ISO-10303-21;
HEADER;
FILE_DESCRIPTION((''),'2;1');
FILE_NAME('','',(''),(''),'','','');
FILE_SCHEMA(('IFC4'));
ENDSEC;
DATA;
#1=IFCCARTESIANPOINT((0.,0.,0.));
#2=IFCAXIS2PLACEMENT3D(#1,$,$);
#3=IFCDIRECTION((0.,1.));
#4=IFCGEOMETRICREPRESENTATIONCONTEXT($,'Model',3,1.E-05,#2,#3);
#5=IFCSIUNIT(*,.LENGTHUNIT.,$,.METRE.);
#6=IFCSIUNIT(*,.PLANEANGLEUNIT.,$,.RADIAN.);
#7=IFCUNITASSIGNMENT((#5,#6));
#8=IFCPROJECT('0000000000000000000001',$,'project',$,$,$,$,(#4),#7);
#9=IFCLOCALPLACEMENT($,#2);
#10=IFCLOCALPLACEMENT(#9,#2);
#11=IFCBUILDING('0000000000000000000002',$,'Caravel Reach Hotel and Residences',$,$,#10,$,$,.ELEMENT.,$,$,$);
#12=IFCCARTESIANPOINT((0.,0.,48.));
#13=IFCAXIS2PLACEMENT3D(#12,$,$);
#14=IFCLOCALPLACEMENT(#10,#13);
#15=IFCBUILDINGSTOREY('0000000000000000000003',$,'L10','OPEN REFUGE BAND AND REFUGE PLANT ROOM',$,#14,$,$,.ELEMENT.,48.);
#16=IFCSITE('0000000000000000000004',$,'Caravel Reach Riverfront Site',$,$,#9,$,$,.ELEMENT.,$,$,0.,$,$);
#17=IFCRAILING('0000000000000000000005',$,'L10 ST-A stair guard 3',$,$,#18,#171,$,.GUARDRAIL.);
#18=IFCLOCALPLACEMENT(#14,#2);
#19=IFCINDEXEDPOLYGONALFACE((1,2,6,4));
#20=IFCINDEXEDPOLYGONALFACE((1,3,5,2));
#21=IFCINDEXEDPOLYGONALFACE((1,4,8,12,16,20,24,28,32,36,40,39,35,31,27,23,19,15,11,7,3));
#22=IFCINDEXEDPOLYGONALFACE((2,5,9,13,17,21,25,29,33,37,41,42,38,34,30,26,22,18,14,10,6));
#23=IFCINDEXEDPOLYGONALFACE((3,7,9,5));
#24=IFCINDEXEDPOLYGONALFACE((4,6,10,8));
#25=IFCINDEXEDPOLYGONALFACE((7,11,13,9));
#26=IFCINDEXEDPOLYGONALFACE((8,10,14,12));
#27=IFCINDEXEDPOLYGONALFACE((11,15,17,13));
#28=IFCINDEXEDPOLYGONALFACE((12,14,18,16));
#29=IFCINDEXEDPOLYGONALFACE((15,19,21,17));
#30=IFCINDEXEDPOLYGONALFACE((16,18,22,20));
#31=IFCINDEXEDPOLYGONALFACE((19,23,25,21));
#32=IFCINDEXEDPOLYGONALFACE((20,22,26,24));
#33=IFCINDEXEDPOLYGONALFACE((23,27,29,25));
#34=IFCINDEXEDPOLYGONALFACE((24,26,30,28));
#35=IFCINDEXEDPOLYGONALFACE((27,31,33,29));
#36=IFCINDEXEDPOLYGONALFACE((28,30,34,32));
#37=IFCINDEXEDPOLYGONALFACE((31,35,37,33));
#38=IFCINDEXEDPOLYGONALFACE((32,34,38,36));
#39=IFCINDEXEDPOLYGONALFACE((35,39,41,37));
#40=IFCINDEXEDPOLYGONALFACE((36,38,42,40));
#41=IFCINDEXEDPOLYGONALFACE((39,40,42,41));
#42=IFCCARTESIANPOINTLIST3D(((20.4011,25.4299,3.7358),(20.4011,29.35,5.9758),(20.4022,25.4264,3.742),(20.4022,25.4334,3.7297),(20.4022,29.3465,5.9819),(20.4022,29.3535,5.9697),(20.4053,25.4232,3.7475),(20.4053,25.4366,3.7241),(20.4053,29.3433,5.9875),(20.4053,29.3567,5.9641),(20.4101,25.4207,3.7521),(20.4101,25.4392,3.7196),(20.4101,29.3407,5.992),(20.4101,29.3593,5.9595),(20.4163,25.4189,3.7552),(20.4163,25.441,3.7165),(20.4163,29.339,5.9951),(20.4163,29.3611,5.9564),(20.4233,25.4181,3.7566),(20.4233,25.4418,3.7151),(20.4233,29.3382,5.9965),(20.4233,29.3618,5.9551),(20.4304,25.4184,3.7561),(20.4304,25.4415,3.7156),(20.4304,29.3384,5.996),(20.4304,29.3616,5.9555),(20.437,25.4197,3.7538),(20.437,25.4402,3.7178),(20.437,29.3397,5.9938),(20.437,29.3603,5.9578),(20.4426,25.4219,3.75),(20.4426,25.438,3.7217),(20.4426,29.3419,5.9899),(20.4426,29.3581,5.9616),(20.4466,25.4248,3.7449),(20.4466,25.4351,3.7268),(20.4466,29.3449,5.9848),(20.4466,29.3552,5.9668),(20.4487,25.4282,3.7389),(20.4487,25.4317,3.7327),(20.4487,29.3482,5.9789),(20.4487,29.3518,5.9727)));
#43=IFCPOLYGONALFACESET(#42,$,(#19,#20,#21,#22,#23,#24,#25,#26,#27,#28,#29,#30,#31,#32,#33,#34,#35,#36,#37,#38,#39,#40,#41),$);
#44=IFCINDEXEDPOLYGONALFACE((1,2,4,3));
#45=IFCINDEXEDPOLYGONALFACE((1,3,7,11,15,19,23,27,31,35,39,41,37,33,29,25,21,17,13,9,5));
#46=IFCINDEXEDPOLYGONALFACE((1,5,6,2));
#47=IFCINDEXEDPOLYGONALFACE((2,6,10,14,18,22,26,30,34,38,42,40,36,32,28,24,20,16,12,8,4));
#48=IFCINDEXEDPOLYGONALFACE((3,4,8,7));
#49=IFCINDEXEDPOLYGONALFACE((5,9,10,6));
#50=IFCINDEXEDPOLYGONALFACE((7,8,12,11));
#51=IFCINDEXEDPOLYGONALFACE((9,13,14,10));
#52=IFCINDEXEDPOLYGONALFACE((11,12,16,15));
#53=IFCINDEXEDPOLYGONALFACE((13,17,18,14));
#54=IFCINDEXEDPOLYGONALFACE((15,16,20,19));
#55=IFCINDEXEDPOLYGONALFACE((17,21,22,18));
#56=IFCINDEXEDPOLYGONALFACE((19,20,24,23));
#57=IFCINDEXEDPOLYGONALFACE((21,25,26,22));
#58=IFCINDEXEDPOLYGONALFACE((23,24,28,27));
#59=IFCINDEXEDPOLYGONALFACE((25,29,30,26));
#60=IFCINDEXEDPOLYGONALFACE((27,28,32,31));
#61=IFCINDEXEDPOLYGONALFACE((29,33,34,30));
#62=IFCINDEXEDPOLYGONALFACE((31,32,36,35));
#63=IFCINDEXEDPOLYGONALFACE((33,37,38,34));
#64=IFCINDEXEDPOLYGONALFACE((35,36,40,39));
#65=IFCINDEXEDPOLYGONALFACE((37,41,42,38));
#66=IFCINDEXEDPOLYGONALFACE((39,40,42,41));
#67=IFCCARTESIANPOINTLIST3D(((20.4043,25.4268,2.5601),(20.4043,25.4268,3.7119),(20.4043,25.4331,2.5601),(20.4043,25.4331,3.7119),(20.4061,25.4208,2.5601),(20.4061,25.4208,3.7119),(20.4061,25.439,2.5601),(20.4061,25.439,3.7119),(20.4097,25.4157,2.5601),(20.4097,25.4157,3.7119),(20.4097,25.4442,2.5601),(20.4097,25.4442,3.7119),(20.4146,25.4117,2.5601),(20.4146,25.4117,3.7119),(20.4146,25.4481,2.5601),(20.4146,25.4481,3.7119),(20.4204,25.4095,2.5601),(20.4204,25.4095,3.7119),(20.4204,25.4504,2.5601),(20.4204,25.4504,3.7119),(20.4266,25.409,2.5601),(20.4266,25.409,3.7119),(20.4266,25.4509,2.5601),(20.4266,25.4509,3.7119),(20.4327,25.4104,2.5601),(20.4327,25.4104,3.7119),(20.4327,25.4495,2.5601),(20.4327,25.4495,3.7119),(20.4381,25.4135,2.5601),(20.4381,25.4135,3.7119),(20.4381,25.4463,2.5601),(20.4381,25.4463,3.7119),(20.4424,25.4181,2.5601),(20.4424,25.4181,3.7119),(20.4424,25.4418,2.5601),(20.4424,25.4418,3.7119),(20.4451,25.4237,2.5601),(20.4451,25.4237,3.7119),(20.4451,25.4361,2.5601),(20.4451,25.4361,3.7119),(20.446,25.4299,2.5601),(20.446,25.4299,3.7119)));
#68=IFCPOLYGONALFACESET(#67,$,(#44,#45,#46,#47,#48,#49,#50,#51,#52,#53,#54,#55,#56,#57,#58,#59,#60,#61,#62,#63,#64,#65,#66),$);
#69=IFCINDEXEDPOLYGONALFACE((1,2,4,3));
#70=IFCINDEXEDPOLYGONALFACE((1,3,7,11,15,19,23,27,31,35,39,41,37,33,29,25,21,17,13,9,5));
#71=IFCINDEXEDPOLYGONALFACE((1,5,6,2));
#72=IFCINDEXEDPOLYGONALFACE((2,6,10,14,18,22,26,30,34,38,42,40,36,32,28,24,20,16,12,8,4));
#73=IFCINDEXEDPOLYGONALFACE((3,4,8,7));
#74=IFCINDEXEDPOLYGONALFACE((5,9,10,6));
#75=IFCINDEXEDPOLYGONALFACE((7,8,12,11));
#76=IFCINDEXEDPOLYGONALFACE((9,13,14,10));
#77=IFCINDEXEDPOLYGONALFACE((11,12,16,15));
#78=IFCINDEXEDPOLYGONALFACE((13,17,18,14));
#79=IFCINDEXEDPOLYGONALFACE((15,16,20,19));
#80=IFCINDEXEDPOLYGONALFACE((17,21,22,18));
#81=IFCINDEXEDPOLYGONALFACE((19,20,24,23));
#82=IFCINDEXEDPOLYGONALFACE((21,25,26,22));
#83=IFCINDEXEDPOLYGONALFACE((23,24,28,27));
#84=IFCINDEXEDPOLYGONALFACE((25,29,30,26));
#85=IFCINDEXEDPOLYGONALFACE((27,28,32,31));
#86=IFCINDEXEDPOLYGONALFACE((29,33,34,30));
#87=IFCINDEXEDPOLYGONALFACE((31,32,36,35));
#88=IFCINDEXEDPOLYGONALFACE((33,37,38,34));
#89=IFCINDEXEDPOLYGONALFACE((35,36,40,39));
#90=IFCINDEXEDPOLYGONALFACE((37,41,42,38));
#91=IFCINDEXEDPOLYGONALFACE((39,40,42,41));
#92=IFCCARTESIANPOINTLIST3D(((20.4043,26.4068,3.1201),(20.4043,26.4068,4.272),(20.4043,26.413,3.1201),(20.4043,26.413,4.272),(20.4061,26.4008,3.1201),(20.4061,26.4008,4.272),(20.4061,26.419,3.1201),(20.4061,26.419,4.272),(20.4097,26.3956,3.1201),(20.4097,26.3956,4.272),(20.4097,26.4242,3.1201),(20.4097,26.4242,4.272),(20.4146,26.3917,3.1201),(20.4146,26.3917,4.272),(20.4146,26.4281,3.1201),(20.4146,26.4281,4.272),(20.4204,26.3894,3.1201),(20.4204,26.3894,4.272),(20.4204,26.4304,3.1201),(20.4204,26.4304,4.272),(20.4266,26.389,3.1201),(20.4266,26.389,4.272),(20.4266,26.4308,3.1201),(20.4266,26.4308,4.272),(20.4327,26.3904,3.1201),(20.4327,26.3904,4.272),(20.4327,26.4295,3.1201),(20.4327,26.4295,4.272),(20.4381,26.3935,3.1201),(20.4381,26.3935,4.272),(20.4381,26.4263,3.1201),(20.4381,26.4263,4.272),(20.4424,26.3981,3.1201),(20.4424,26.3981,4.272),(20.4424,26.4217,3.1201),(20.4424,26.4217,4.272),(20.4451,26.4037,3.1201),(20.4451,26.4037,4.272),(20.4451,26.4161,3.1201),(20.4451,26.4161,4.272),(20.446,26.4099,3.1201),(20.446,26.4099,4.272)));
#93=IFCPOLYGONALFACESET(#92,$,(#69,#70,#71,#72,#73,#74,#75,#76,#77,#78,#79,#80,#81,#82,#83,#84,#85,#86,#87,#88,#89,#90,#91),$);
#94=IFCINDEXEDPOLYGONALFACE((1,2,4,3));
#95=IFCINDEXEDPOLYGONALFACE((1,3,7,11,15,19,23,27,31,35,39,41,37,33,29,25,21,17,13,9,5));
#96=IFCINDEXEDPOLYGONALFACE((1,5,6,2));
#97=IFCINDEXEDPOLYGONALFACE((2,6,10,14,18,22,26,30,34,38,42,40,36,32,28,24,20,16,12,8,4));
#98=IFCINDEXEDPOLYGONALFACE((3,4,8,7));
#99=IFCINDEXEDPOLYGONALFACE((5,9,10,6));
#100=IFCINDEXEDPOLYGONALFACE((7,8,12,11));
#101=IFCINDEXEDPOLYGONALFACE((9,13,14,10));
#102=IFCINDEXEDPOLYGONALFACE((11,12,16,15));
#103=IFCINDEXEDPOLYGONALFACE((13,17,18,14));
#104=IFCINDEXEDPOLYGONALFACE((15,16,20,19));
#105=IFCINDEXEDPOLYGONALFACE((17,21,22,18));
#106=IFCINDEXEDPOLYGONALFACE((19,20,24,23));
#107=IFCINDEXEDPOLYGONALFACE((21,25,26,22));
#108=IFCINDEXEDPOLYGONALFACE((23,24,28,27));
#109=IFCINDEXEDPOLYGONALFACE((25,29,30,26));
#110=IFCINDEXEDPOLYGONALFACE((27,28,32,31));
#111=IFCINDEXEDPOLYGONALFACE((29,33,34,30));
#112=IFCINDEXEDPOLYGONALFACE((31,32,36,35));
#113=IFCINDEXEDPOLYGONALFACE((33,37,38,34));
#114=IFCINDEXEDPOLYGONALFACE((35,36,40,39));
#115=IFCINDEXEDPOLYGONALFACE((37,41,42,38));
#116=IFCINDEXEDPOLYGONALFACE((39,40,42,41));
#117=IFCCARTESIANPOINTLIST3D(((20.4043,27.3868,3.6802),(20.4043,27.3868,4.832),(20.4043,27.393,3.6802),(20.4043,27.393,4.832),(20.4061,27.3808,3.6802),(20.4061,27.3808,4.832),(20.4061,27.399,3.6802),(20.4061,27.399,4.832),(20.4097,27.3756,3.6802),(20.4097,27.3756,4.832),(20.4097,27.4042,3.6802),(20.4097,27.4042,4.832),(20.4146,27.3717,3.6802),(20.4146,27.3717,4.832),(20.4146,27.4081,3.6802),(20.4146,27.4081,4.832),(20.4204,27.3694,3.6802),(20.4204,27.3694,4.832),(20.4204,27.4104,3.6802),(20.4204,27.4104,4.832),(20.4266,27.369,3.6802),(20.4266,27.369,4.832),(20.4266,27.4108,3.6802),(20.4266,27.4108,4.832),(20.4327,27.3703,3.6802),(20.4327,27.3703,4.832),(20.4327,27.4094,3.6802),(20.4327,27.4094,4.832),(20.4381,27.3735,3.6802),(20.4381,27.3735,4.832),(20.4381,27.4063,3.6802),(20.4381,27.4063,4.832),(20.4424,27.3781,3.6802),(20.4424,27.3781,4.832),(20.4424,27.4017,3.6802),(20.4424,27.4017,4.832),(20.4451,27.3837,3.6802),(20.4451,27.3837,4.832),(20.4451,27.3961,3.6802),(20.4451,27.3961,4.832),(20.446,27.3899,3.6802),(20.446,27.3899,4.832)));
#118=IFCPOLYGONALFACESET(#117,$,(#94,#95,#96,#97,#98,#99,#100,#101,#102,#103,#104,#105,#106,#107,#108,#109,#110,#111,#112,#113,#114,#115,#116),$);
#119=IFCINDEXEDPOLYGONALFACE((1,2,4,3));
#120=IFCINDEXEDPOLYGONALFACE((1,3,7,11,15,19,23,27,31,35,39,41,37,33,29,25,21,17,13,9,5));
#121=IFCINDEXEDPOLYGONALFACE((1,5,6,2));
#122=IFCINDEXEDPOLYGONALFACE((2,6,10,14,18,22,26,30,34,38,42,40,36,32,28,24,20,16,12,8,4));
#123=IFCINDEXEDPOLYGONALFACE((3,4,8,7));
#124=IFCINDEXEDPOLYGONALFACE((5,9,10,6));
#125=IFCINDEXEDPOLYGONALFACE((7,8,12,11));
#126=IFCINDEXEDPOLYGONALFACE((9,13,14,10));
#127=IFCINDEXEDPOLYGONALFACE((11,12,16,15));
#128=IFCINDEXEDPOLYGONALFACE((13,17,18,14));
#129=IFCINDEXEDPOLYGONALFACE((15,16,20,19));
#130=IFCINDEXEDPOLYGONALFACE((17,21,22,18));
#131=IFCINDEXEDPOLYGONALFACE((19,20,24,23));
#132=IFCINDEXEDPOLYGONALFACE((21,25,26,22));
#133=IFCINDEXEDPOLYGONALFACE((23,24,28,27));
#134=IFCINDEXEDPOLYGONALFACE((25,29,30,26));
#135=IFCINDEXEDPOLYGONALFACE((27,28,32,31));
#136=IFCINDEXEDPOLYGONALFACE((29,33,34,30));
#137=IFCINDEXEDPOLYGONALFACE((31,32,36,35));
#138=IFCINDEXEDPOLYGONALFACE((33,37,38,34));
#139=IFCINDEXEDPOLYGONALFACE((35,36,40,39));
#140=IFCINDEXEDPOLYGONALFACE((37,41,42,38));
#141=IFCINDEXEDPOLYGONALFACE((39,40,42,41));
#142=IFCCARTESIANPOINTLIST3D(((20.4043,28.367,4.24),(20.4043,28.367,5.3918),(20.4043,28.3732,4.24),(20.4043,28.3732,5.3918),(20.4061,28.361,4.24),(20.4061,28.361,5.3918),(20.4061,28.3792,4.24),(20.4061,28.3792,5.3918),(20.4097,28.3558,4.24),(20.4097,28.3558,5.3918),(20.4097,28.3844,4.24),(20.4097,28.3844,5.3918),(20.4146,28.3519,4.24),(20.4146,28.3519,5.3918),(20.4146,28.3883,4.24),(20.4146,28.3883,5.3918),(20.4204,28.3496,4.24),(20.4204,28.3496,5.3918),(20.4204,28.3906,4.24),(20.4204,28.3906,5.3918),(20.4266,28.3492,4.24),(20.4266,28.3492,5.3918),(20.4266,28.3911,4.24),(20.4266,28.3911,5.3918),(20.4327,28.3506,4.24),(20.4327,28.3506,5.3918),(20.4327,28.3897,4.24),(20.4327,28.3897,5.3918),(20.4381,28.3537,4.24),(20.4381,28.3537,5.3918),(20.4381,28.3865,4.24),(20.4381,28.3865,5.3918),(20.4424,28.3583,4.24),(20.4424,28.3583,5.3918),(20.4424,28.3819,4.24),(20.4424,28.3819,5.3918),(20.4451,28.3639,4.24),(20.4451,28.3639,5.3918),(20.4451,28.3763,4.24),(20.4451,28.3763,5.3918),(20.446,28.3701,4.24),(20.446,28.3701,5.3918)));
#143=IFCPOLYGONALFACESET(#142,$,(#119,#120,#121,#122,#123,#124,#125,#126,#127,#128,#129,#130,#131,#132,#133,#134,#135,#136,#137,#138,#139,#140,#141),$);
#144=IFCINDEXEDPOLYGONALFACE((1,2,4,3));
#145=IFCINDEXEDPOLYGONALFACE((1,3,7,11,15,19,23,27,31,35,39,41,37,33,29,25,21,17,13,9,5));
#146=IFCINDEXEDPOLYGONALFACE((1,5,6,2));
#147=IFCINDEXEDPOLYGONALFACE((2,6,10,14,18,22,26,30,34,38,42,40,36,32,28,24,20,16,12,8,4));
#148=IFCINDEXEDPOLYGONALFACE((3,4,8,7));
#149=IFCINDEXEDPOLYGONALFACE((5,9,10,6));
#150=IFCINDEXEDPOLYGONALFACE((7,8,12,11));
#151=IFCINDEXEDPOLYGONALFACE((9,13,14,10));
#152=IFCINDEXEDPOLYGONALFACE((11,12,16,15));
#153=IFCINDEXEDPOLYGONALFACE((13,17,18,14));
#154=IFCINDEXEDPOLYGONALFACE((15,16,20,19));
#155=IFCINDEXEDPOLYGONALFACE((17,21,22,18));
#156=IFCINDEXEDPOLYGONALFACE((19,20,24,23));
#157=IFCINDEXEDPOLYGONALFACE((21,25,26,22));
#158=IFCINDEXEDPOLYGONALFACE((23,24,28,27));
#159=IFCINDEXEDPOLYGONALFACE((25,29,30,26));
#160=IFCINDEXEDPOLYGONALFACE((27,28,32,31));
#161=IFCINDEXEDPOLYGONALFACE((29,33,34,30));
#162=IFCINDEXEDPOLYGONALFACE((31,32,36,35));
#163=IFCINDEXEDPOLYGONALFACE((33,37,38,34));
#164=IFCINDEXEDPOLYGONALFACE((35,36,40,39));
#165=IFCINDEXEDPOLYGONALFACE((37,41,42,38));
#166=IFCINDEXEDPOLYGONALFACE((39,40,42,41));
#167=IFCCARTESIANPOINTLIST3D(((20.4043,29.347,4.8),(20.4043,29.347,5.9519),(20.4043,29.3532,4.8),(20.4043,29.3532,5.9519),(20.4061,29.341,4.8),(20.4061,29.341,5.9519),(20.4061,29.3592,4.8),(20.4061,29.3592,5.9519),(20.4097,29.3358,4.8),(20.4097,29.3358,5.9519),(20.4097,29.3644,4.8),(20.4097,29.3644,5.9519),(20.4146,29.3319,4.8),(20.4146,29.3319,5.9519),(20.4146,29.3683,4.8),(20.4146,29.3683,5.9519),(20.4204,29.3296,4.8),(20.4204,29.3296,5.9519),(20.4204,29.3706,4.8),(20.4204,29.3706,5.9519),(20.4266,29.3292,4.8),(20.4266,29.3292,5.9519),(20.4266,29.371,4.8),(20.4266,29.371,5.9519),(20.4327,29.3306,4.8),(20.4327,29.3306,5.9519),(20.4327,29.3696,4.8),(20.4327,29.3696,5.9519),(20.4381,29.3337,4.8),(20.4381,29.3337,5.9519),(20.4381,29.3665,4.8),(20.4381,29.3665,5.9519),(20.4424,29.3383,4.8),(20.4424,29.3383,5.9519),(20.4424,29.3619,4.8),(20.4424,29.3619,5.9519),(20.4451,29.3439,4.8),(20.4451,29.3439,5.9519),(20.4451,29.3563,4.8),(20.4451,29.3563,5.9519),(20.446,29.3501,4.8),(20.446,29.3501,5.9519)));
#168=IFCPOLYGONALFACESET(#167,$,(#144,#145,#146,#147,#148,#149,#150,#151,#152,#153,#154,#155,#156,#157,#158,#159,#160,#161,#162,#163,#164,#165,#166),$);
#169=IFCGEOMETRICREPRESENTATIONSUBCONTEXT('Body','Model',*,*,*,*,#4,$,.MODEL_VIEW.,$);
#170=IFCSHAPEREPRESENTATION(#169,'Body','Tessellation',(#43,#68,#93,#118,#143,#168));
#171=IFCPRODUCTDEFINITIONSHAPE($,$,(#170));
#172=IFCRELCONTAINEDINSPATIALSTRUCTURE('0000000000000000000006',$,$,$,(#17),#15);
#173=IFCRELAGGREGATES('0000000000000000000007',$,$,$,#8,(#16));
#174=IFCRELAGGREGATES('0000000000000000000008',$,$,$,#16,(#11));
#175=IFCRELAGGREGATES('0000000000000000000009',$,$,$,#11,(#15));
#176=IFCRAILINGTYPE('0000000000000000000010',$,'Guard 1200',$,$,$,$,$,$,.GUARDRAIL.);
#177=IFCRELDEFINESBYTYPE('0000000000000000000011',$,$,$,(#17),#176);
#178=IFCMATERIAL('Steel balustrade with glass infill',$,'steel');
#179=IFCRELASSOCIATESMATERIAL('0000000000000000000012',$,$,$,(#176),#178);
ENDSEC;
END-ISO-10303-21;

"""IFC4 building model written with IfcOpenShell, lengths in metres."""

from ifc_helpers import new_model, si_unit, direction, frame, origin, origin_2d, place, context, subcontext, project, spatial, circle, extrude, material, type_object, element, save


model = new_model("IFC4")

# Units and contexts
model_context = context("Model", 3, precision=1e-05, world=origin(), true_north=direction((0.0, 1.0)))
body_context = subcontext(model_context, "Body", "Model", "MODEL_VIEW")
ifc_project = project(units=[si_unit("LENGTHUNIT", "METRE"), si_unit("PLANEANGLEUNIT", "RADIAN")], contexts=[model_context])

# Site, building, storey
site_placement = place(None, origin())
site = spatial("IfcSite", under=ifc_project, at=site_placement, Name="Caravel Reach Riverfront Site", CompositionType="ELEMENT", RefElevation=0.0)
building_placement = place(site_placement, origin())
building = spatial("IfcBuilding", under=site, at=building_placement, Name="Caravel Reach Hotel and Residences", CompositionType="ELEMENT")
storey_placement = place(building_placement, frame((0.0, 0.0, 48.0)))
storey = spatial("IfcBuildingStorey", under=building, at=storey_placement, Name="L10", Description="OPEN REFUGE BAND AND REFUGE PLANT ROOM", CompositionType="ELEMENT", Elevation=48.0)

# Railing
ifc_material_1 = material(Name="Steel balustrade with glass infill", Category="steel")
railing_type_1 = type_object("IfcRailingType", Name="Guard 1200", PredefinedType="GUARDRAIL", material=ifc_material_1)
railing_1_placement = place(storey_placement, frame((20.425, 25.4299, 2.5601)))
element("IfcRailing", 1, at=railing_1_placement, inside=storey, type_object=railing_type_1, Name="L10 ST-A stair guard 3", PredefinedType="GUARDRAIL", context=body_context, shape_type="SweptSolid", body=[
    extrude(circle(Radius=0.0239, at=origin_2d()), frame((0.0, 0.0, 1.1758), z_axis=(0.0, 0.868253, 0.496121), x_axis=(-1.0, 0.0, 0.0)), (0.0, 0.0, 1.0), 4.5149),
    extrude(circle(Radius=0.021, at=origin_2d()), origin(), (0.0, 0.0, 1.0), 1.1519),
    extrude(circle(Radius=0.021, at=origin_2d()), frame((0.0, 0.98, 0.5601)), (0.0, 0.0, 1.0), 1.1519),
    extrude(circle(Radius=0.021, at=origin_2d()), frame((0.0, 1.96, 1.1201)), (0.0, 0.0, 1.0), 1.1519),
    extrude(circle(Radius=0.021, at=origin_2d()), frame((0.0, 2.9402, 1.6799)), (0.0, 0.0, 1.0), 1.1519),
    extrude(circle(Radius=0.021, at=origin_2d()), frame((0.0, 3.9202, 2.24)), (0.0, 0.0, 1.0), 1.1519),
])

save(model, "model.ifc")
